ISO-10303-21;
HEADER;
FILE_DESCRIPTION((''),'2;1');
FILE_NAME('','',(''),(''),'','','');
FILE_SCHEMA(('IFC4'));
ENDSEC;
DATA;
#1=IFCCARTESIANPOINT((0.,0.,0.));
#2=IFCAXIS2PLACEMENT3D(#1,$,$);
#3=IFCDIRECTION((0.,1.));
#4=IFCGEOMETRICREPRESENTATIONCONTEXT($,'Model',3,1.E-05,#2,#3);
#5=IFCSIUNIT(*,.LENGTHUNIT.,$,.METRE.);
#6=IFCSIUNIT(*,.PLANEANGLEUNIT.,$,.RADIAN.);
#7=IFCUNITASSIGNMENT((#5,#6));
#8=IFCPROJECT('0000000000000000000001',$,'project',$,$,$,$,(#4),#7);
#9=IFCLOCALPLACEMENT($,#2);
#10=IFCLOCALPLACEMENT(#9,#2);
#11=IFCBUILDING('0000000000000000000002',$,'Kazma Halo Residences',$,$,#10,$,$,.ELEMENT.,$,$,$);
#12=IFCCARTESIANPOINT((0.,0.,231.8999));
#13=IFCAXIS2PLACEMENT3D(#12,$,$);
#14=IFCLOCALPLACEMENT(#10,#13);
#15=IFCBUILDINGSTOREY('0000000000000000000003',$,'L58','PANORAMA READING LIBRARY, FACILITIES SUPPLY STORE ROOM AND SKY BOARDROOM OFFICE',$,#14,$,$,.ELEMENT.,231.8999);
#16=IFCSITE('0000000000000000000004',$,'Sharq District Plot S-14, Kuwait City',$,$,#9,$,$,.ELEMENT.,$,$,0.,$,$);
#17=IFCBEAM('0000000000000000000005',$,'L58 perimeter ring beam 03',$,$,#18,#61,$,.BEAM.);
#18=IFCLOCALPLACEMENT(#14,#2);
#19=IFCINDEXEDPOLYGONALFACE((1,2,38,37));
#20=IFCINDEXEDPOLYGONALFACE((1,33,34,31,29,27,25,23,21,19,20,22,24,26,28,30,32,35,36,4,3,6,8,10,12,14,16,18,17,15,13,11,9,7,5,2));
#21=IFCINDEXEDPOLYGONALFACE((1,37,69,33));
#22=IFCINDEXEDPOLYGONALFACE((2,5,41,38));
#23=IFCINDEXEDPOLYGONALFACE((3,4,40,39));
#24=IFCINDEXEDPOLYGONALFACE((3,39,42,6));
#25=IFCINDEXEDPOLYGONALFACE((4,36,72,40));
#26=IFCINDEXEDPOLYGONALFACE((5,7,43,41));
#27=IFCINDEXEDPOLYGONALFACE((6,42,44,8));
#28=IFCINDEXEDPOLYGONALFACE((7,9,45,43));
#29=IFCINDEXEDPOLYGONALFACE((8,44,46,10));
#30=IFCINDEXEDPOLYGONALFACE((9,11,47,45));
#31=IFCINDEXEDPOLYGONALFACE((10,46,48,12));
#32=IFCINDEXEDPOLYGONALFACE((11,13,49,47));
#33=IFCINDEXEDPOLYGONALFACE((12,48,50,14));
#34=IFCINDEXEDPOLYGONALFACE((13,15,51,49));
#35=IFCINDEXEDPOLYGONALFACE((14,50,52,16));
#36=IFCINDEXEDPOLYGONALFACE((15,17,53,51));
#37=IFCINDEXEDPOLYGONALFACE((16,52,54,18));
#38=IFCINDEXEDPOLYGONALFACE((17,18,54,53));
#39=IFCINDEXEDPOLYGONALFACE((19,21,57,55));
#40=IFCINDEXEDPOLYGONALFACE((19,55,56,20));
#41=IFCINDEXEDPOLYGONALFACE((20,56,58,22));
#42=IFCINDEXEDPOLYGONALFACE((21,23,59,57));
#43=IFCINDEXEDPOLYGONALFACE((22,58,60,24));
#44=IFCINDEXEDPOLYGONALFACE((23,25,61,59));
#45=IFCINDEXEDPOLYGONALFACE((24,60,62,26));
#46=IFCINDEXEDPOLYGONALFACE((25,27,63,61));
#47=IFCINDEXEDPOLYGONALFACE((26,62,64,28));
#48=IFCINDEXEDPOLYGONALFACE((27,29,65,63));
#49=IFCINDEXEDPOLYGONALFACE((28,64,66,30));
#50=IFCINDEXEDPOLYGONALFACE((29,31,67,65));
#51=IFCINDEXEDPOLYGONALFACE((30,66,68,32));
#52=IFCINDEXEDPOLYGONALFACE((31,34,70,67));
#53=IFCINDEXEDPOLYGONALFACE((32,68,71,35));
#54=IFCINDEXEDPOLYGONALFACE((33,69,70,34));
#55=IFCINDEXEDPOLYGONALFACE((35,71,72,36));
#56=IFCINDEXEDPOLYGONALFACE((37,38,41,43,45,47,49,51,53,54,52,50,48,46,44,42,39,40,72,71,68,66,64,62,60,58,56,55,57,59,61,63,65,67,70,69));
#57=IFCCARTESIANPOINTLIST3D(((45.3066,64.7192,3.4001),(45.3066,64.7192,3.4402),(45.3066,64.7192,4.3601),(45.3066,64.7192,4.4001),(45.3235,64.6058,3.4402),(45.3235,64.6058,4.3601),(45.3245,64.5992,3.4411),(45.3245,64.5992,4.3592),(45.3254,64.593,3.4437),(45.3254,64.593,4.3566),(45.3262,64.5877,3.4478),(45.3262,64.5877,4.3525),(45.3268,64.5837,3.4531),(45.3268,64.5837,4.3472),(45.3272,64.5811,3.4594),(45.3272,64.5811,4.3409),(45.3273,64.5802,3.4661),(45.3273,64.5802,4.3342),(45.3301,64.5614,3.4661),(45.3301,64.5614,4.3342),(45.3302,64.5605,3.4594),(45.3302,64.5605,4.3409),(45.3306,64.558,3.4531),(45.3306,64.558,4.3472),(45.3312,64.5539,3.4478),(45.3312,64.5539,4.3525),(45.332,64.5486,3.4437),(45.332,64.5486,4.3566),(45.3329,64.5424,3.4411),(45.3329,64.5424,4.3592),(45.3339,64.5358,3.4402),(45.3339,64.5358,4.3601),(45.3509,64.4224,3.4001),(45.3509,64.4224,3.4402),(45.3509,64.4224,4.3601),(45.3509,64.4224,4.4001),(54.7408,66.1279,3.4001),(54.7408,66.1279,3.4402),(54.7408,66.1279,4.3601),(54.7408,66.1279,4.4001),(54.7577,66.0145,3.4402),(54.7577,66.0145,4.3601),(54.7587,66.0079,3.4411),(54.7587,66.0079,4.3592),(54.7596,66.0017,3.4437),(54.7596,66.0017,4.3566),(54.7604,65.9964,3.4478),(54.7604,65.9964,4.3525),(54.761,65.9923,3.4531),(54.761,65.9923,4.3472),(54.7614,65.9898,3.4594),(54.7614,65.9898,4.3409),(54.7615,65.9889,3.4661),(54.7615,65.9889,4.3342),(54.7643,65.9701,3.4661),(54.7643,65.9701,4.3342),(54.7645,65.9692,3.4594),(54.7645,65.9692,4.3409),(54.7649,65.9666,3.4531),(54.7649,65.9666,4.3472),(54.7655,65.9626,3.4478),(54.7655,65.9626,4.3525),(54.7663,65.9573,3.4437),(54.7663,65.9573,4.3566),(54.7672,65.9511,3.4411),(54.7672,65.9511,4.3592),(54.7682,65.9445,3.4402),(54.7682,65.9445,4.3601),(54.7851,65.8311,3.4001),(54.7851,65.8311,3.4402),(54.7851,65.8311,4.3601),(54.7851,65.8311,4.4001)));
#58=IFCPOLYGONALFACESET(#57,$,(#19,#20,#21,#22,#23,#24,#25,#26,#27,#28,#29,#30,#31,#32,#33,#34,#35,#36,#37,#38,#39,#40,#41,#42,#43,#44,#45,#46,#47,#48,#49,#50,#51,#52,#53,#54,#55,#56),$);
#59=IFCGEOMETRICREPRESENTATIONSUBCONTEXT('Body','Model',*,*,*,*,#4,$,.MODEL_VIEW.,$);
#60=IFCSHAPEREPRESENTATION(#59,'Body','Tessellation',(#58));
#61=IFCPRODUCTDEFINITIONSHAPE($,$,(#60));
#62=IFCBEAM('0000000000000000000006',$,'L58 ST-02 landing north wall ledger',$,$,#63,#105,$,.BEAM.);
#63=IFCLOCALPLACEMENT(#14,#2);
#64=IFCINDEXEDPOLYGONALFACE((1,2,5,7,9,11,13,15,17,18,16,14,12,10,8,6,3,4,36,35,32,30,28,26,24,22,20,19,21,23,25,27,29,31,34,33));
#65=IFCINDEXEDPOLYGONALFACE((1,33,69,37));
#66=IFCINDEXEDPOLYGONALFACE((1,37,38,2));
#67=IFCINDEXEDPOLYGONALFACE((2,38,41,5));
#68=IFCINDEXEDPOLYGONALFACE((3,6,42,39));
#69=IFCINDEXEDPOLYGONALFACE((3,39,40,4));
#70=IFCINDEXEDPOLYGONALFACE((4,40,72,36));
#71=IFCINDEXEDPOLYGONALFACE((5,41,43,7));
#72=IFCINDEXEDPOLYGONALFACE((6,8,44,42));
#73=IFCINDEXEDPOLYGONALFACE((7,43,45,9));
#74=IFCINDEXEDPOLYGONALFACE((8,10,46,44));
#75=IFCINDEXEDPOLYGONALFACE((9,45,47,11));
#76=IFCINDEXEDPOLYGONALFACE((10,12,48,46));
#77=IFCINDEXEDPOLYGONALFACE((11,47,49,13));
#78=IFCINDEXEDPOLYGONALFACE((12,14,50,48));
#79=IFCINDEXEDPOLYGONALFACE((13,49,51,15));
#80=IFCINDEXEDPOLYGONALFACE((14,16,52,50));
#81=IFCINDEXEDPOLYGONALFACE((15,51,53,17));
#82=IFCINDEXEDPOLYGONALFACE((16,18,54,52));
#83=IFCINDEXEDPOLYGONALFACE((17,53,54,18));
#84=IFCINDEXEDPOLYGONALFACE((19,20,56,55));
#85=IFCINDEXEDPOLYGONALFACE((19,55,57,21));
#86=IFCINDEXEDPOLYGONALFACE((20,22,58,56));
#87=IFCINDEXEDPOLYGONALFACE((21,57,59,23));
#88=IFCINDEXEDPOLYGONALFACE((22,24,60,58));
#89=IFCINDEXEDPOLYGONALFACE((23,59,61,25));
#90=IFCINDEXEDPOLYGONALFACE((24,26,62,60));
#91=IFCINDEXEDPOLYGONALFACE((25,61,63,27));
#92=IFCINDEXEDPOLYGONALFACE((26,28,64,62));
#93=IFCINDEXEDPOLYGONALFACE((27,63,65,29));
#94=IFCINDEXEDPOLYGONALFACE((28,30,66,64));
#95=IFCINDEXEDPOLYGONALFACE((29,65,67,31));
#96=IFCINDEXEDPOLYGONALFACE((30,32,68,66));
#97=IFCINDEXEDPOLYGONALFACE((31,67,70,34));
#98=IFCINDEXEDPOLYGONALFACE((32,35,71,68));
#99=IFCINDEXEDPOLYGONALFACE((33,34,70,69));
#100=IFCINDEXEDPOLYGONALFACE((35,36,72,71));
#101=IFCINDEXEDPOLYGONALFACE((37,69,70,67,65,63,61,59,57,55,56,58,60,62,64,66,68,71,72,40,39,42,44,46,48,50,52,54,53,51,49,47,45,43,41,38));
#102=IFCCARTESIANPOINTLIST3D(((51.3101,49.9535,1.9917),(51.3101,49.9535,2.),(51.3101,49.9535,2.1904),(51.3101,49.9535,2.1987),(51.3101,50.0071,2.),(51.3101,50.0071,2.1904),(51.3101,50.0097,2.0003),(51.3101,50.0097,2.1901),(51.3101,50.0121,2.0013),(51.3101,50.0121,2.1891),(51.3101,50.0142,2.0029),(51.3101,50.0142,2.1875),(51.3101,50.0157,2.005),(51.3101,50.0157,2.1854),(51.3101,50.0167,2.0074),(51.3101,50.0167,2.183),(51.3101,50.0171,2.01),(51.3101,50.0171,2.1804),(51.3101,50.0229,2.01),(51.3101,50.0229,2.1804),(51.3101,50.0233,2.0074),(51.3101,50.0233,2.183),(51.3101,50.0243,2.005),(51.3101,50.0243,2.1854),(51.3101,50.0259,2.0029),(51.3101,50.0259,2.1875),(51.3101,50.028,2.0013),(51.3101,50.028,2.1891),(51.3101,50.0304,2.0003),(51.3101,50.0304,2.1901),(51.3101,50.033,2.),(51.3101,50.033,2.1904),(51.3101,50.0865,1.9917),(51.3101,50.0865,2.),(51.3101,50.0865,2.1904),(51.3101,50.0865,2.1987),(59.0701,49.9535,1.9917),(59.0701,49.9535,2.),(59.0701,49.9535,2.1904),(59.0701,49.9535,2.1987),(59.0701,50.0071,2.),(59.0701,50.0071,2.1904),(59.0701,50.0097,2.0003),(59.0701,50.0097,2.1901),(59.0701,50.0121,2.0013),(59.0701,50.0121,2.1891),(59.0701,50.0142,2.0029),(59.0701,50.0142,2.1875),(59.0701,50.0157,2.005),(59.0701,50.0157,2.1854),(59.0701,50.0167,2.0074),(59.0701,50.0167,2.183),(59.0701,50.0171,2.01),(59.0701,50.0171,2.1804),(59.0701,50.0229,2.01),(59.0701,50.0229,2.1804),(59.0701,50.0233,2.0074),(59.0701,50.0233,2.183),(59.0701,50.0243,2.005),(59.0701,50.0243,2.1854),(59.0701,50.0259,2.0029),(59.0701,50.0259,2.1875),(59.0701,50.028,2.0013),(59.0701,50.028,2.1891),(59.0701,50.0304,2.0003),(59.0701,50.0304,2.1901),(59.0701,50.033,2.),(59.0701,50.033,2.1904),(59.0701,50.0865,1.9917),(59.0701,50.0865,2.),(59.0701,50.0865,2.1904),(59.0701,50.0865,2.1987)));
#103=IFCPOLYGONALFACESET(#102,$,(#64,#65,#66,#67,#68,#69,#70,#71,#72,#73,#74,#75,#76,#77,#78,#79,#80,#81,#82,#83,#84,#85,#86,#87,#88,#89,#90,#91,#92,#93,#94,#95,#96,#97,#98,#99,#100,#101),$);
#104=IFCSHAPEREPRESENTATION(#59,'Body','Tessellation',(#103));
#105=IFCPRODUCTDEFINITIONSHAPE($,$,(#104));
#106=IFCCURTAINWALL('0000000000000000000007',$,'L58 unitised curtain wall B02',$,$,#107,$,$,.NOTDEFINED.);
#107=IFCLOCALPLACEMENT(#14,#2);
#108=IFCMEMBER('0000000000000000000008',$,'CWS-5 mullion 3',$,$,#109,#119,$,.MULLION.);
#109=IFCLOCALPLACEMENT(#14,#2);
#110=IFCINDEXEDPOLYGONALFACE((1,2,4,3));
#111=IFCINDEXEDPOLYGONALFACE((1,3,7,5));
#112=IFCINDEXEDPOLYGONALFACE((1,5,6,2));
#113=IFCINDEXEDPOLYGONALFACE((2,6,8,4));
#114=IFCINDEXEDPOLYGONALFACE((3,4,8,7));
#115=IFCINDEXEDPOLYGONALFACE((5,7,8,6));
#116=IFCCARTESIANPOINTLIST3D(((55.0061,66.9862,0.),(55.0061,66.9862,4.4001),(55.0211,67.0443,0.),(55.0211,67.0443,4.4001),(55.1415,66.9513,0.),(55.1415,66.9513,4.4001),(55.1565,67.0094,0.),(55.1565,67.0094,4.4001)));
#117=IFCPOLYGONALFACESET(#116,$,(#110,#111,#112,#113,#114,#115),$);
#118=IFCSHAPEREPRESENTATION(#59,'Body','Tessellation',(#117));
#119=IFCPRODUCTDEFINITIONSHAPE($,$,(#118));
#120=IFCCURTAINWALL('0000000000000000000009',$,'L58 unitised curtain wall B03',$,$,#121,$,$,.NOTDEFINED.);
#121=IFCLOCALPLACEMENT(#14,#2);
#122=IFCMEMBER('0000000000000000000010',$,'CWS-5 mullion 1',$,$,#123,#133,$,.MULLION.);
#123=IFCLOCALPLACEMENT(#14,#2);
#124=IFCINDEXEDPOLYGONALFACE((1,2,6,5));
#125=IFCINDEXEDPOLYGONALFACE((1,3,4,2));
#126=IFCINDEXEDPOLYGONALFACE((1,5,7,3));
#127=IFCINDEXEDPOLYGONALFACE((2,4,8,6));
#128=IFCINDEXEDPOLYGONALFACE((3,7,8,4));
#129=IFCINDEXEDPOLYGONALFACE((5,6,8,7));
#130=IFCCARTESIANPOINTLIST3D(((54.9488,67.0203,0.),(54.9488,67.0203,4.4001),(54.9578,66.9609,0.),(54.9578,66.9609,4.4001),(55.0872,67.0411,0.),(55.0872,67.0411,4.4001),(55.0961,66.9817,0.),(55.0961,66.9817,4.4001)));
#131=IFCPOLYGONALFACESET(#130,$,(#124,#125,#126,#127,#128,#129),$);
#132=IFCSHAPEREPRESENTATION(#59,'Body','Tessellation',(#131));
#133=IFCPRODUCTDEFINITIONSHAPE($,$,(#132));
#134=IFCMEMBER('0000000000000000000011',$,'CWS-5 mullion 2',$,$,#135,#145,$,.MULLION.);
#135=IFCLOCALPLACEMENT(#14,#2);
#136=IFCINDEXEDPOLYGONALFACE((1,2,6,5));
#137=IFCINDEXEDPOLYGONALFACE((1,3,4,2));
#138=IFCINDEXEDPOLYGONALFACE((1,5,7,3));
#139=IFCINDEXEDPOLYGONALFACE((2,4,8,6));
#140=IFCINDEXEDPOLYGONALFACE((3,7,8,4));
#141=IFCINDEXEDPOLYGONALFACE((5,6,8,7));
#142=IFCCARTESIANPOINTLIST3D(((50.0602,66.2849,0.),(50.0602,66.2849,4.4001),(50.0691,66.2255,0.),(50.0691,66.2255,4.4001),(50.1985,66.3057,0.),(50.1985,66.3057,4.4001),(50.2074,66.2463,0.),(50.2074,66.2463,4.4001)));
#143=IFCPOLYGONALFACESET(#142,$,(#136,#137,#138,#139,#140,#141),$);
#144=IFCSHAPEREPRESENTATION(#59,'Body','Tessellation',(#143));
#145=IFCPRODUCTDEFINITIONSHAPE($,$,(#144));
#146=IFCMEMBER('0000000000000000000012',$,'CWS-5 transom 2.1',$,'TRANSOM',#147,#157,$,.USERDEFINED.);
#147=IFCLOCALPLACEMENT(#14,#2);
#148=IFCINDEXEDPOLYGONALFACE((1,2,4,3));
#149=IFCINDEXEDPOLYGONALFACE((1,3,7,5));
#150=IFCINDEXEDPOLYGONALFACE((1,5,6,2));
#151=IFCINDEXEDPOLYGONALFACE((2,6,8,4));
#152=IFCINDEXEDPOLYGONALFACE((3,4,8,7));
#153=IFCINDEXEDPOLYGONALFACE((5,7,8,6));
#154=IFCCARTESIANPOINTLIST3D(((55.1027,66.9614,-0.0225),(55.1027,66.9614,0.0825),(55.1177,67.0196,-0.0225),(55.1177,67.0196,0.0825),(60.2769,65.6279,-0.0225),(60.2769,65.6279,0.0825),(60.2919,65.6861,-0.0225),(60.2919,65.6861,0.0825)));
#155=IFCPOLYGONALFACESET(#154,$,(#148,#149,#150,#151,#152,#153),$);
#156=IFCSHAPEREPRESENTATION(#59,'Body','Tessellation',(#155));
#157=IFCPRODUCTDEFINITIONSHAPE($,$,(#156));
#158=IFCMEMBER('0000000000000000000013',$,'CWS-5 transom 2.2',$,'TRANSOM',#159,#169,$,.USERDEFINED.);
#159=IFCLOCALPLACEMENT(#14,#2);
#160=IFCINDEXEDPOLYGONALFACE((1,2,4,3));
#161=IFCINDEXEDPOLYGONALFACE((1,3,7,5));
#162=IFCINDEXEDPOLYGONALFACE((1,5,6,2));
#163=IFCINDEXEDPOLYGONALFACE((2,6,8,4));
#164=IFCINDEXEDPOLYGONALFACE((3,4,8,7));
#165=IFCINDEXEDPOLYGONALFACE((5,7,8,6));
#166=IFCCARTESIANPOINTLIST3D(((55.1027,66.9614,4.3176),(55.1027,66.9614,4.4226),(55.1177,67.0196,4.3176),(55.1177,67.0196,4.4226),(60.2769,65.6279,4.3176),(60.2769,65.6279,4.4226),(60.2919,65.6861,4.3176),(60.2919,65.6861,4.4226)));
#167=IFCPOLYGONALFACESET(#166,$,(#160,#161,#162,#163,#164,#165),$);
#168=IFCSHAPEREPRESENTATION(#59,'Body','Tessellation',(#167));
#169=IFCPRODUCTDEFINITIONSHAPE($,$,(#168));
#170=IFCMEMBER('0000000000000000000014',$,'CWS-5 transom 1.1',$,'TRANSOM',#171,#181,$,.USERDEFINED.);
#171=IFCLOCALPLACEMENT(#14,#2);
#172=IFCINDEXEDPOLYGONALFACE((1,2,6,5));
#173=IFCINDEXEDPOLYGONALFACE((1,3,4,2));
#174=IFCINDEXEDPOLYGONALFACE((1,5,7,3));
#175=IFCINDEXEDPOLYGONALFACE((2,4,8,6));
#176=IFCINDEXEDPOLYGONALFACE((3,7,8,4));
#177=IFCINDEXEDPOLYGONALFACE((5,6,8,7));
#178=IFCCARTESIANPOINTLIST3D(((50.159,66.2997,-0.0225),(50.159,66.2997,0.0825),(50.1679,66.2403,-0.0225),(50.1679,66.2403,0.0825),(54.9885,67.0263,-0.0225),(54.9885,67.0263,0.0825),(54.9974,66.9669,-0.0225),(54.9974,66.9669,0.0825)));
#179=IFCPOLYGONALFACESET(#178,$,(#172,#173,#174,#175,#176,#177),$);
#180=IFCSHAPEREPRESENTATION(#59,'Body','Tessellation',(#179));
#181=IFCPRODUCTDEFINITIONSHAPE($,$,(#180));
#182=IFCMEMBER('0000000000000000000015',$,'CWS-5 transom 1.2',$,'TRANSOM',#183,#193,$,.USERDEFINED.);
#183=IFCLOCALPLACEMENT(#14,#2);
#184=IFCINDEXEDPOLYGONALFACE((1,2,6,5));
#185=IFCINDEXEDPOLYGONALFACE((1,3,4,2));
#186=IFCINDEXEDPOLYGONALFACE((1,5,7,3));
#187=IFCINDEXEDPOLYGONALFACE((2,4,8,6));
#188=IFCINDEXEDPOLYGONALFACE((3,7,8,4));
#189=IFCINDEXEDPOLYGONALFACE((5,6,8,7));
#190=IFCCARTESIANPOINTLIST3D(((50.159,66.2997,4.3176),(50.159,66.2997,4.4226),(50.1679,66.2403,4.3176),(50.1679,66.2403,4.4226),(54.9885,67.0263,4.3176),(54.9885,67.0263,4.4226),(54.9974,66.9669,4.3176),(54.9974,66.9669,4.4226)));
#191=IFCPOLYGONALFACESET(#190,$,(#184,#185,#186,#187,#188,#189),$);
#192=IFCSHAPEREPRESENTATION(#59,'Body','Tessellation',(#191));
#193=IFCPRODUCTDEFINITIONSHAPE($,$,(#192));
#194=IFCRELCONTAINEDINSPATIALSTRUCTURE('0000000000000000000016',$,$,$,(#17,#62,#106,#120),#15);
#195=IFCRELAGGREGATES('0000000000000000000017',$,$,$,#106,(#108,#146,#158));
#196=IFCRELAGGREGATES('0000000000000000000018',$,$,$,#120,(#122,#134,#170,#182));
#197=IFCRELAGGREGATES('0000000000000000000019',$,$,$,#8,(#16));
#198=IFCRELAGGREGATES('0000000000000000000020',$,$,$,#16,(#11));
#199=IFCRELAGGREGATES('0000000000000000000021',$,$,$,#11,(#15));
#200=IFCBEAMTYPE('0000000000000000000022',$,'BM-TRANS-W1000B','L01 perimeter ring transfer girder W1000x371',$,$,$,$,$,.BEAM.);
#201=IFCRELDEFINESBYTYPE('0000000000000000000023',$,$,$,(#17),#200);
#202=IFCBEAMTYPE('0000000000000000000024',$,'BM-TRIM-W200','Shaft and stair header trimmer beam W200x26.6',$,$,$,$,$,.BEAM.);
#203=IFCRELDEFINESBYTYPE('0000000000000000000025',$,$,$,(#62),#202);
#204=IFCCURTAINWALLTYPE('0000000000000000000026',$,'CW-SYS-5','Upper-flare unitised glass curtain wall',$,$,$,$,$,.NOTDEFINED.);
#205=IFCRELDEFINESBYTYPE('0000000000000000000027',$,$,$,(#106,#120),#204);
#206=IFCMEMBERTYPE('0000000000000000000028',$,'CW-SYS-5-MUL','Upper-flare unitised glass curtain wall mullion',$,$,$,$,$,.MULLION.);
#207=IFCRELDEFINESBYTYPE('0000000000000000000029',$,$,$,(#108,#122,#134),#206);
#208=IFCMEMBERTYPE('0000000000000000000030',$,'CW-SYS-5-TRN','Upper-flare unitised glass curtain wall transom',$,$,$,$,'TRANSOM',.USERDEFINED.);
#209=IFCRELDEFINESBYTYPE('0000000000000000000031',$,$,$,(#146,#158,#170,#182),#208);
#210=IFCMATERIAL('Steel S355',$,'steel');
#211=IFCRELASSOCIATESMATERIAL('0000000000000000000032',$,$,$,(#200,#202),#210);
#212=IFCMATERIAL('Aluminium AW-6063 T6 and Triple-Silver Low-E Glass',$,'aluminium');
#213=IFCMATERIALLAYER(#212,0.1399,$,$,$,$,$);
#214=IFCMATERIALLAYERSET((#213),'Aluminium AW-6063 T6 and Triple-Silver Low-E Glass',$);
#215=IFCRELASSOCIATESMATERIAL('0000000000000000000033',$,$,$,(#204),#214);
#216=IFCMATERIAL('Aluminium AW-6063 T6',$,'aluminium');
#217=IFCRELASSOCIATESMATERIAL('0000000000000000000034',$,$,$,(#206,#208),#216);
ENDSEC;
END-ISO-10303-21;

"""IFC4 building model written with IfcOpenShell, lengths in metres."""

from ifc_helpers import new_model, si_unit, direction, frame, origin, origin_2d, place, context, subcontext, project, spatial, rectangle, i_section, extrude, material, layer, layer_set, material_profile, profile_set, type_object, element, aggregate, save


model = new_model("IFC4")

# Units and contexts
model_context = context("Model", 3, precision=1e-05, world=origin(), true_north=direction((0.0, 1.0)))
body_context = subcontext(model_context, "Body", "Model", "MODEL_VIEW")
ifc_project = project(units=[si_unit("LENGTHUNIT", "METRE"), si_unit("PLANEANGLEUNIT", "RADIAN")], contexts=[model_context])

# Site, building, storey
site_placement = place(None, origin())
site = spatial("IfcSite", under=ifc_project, at=site_placement, Name="Sharq District Plot S-14, Kuwait City", CompositionType="ELEMENT", RefElevation=0.0)
building_placement = place(site_placement, origin())
building = spatial("IfcBuilding", under=site, at=building_placement, Name="Kazma Halo Residences", CompositionType="ELEMENT")
storey_placement = place(building_placement, frame((0.0, 0.0, 231.8999)))
storey = spatial("IfcBuildingStorey", under=building, at=storey_placement, Name="L58", Description="PANORAMA READING LIBRARY, FACILITIES SUPPLY STORE ROOM AND SKY BOARDROOM OFFICE", CompositionType="ELEMENT", Elevation=231.8999)

# Beams
ifc_material_1 = material(Name="Steel S355", Category="steel")
ifc_material_profile_1 = material_profile(ifc_material_1, i_section(OverallWidth=0.3, OverallDepth=1.0, WebThickness=0.019, FlangeThickness=0.04, FilletRadius=0.0259, at=origin_2d()), Name="W1000x371")
ifc_profile_set_1 = profile_set([ifc_material_profile_1], Name="Steel S355")
beam_type_1 = type_object("IfcBeamType", Name="BM-TRANS-W1000B", Description="L01 perimeter ring transfer girder W1000x371", PredefinedType="BEAM", material=ifc_profile_set_1)
beam_1_placement = place(storey_placement, frame((54.7629, 65.9795, 3.9001), z_axis=(-0.989035, -0.147678, 0.0), x_axis=(0.147678, -0.989035, 0.0)))
element("IfcBeam", 1, at=beam_1_placement, inside=storey, type_object=beam_type_1, Name="L58 perimeter ring beam 03", PredefinedType="BEAM", context=body_context, shape_type="SweptSolid", body=[
    extrude(i_section(OverallWidth=0.3, OverallDepth=1.0, WebThickness=0.019, FlangeThickness=0.04, FilletRadius=0.0259, at=origin_2d()), origin(), (0.0, 0.0, 1.0), 9.5388),
])
ifc_material_profile_2 = material_profile(ifc_material_1, i_section(OverallWidth=0.1331, OverallDepth=0.207, WebThickness=0.0059, FlangeThickness=0.0083, FilletRadius=0.01, at=origin_2d()), Name="W200x26.6")
ifc_profile_set_2 = profile_set([ifc_material_profile_2], Name="Steel S355")
beam_type_2 = type_object("IfcBeamType", Name="BM-TRIM-W200", Description="Shaft and stair header trimmer beam W200x26.6", PredefinedType="BEAM", material=ifc_profile_set_2)
beam_2_placement = place(storey_placement, frame((51.3101, 50.02, 2.0952), z_axis=(1.0, 0.0, 0.0), x_axis=(0.0, 1.0, 0.0)))
element("IfcBeam", 2, at=beam_2_placement, inside=storey, type_object=beam_type_2, Name="L58 ST-02 landing north wall ledger", PredefinedType="BEAM", context=body_context, shape_type="SweptSolid", body=[
    extrude(i_section(OverallWidth=0.1331, OverallDepth=0.207, WebThickness=0.0059, FlangeThickness=0.0083, FilletRadius=0.01, at=origin_2d()), origin(), (0.0, 0.0, 1.0), 7.76),
])

# Curtain wall, member
ifc_material_2 = material(Name="Aluminium AW-6063 T6 and Triple-Silver Low-E Glass", Category="aluminium")
ifc_layer_1 = layer(ifc_material_2, 0.1399)
ifc_layer_set_1 = layer_set([ifc_layer_1], Name="Aluminium AW-6063 T6 and Triple-Silver Low-E Glass")
curtain_wall_type = type_object("IfcCurtainWallType", Name="CW-SYS-5", Description="Upper-flare unitised glass curtain wall", PredefinedType="NOTDEFINED", material=ifc_layer_set_1)
curtain_wall_1_placement = place(storey_placement, origin())
curtain_wall_1 = element("IfcCurtainWall", 3, at=curtain_wall_1_placement, inside=storey, type_object=curtain_wall_type, Name="L58 unitised curtain wall B02", PredefinedType="NOTDEFINED")
ifc_material_3 = material(Name="Aluminium AW-6063 T6", Category="aluminium")
ifc_material_profile_3 = material_profile(ifc_material_3, rectangle(XDim=0.0601, YDim=0.1399, at=origin_2d()), Name="CWM-60x140")
ifc_profile_set_3 = profile_set([ifc_material_profile_3], Name="Aluminium AW-6063 T6")
member_type_1 = type_object("IfcMemberType", Name="CW-SYS-5-MUL", Description="Upper-flare unitised glass curtain wall mullion", PredefinedType="MULLION", material=ifc_profile_set_3)
member_1_placement = place(storey_placement, frame((55.0813, 66.9978, 0.0), z_axis=(0.0, 0.0, 1.0), x_axis=(-0.249567, -0.968358, 0.0)))
member_1 = element("IfcMember", 4, at=member_1_placement, type_object=member_type_1, Name="CWS-5 mullion 3", PredefinedType="MULLION", context=body_context, shape_type="SweptSolid", body=[
    extrude(rectangle(XDim=0.0601, YDim=0.1399, at=origin_2d()), origin(), (0.0, 0.0, 1.0), 4.4001),
])

# Curtain wall, members
curtain_wall_2_placement = place(storey_placement, origin())
curtain_wall_2 = element("IfcCurtainWall", 5, at=curtain_wall_2_placement, inside=storey, type_object=curtain_wall_type, Name="L58 unitised curtain wall B03", PredefinedType="NOTDEFINED")
member_2_placement = place(storey_placement, frame((55.0225, 67.001, 0.0), z_axis=(0.0, 0.0, 1.0), x_axis=(0.148733, -0.988877, 0.0)))
member_2 = element("IfcMember", 6, at=member_2_placement, type_object=member_type_1, Name="CWS-5 mullion 1", PredefinedType="MULLION", context=body_context, shape_type="SweptSolid", body=[
    extrude(rectangle(XDim=0.0601, YDim=0.1399, at=origin_2d()), origin(), (0.0, 0.0, 1.0), 4.4001),
])
member_3_placement = place(storey_placement, frame((50.1338, 66.2656, 0.0), z_axis=(0.0, 0.0, 1.0), x_axis=(0.148733, -0.988877, 0.0)))
member_3 = element("IfcMember", 7, at=member_3_placement, type_object=member_type_1, Name="CWS-5 mullion 2", PredefinedType="MULLION", context=body_context, shape_type="SweptSolid", body=[
    extrude(rectangle(XDim=0.0601, YDim=0.1399, at=origin_2d()), origin(), (0.0, 0.0, 1.0), 4.4001),
])

# Members
ifc_material_profile_4 = material_profile(ifc_material_3, rectangle(XDim=0.0601, YDim=0.105, at=origin_2d()), Name="CWT-60x105")
ifc_profile_set_4 = profile_set([ifc_material_profile_4], Name="Aluminium AW-6063 T6")
member_type_2 = type_object("IfcMemberType", Name="CW-SYS-5-TRN", Description="Upper-flare unitised glass curtain wall transom", ElementType="TRANSOM", PredefinedType="USERDEFINED", material=ifc_profile_set_4)
member_4_placement = place(storey_placement, frame((60.2844, 65.657, 0.03), z_axis=(-0.968356, 0.249571, 0.0), x_axis=(-0.249571, -0.968356, 0.0)))
member_4 = element("IfcMember", 8, at=member_4_placement, type_object=member_type_2, Name="CWS-5 transom 2.1", ObjectType="TRANSOM", PredefinedType="USERDEFINED", context=body_context, shape_type="SweptSolid", body=[
    extrude(rectangle(XDim=0.0601, YDim=0.105, at=origin_2d()), origin(), (0.0, 0.0, 1.0), 5.3433),
])
member_5_placement = place(storey_placement, frame((60.2844, 65.657, 4.3701), z_axis=(-0.968356, 0.249571, 0.0), x_axis=(-0.249571, -0.968356, 0.0)))
member_5 = element("IfcMember", 9, at=member_5_placement, type_object=member_type_2, Name="CWS-5 transom 2.2", ObjectType="TRANSOM", PredefinedType="USERDEFINED", context=body_context, shape_type="SweptSolid", body=[
    extrude(rectangle(XDim=0.0601, YDim=0.105, at=origin_2d()), origin(), (0.0, 0.0, 1.0), 5.3433),
])
member_6_placement = place(storey_placement, frame((54.9929, 66.9966, 0.03), z_axis=(-0.988871, -0.148773, 0.0), x_axis=(0.148773, -0.988871, 0.0)))
member_6 = element("IfcMember", 10, at=member_6_placement, type_object=member_type_2, Name="CWS-5 transom 1.1", ObjectType="TRANSOM", PredefinedType="USERDEFINED", context=body_context, shape_type="SweptSolid", body=[
    extrude(rectangle(XDim=0.0601, YDim=0.105, at=origin_2d()), origin(), (0.0, 0.0, 1.0), 4.8838),
])
member_7_placement = place(storey_placement, frame((54.9929, 66.9966, 4.3701), z_axis=(-0.988871, -0.148773, 0.0), x_axis=(0.148773, -0.988871, 0.0)))
member_7 = element("IfcMember", 11, at=member_7_placement, type_object=member_type_2, Name="CWS-5 transom 1.2", ObjectType="TRANSOM", PredefinedType="USERDEFINED", context=body_context, shape_type="SweptSolid", body=[
    extrude(rectangle(XDim=0.0601, YDim=0.105, at=origin_2d()), origin(), (0.0, 0.0, 1.0), 4.8838),
])

aggregate(curtain_wall_1, [member_1, member_4, member_5])
aggregate(curtain_wall_2, [member_2, member_3, member_6, member_7])

save(model, "model.ifc")
